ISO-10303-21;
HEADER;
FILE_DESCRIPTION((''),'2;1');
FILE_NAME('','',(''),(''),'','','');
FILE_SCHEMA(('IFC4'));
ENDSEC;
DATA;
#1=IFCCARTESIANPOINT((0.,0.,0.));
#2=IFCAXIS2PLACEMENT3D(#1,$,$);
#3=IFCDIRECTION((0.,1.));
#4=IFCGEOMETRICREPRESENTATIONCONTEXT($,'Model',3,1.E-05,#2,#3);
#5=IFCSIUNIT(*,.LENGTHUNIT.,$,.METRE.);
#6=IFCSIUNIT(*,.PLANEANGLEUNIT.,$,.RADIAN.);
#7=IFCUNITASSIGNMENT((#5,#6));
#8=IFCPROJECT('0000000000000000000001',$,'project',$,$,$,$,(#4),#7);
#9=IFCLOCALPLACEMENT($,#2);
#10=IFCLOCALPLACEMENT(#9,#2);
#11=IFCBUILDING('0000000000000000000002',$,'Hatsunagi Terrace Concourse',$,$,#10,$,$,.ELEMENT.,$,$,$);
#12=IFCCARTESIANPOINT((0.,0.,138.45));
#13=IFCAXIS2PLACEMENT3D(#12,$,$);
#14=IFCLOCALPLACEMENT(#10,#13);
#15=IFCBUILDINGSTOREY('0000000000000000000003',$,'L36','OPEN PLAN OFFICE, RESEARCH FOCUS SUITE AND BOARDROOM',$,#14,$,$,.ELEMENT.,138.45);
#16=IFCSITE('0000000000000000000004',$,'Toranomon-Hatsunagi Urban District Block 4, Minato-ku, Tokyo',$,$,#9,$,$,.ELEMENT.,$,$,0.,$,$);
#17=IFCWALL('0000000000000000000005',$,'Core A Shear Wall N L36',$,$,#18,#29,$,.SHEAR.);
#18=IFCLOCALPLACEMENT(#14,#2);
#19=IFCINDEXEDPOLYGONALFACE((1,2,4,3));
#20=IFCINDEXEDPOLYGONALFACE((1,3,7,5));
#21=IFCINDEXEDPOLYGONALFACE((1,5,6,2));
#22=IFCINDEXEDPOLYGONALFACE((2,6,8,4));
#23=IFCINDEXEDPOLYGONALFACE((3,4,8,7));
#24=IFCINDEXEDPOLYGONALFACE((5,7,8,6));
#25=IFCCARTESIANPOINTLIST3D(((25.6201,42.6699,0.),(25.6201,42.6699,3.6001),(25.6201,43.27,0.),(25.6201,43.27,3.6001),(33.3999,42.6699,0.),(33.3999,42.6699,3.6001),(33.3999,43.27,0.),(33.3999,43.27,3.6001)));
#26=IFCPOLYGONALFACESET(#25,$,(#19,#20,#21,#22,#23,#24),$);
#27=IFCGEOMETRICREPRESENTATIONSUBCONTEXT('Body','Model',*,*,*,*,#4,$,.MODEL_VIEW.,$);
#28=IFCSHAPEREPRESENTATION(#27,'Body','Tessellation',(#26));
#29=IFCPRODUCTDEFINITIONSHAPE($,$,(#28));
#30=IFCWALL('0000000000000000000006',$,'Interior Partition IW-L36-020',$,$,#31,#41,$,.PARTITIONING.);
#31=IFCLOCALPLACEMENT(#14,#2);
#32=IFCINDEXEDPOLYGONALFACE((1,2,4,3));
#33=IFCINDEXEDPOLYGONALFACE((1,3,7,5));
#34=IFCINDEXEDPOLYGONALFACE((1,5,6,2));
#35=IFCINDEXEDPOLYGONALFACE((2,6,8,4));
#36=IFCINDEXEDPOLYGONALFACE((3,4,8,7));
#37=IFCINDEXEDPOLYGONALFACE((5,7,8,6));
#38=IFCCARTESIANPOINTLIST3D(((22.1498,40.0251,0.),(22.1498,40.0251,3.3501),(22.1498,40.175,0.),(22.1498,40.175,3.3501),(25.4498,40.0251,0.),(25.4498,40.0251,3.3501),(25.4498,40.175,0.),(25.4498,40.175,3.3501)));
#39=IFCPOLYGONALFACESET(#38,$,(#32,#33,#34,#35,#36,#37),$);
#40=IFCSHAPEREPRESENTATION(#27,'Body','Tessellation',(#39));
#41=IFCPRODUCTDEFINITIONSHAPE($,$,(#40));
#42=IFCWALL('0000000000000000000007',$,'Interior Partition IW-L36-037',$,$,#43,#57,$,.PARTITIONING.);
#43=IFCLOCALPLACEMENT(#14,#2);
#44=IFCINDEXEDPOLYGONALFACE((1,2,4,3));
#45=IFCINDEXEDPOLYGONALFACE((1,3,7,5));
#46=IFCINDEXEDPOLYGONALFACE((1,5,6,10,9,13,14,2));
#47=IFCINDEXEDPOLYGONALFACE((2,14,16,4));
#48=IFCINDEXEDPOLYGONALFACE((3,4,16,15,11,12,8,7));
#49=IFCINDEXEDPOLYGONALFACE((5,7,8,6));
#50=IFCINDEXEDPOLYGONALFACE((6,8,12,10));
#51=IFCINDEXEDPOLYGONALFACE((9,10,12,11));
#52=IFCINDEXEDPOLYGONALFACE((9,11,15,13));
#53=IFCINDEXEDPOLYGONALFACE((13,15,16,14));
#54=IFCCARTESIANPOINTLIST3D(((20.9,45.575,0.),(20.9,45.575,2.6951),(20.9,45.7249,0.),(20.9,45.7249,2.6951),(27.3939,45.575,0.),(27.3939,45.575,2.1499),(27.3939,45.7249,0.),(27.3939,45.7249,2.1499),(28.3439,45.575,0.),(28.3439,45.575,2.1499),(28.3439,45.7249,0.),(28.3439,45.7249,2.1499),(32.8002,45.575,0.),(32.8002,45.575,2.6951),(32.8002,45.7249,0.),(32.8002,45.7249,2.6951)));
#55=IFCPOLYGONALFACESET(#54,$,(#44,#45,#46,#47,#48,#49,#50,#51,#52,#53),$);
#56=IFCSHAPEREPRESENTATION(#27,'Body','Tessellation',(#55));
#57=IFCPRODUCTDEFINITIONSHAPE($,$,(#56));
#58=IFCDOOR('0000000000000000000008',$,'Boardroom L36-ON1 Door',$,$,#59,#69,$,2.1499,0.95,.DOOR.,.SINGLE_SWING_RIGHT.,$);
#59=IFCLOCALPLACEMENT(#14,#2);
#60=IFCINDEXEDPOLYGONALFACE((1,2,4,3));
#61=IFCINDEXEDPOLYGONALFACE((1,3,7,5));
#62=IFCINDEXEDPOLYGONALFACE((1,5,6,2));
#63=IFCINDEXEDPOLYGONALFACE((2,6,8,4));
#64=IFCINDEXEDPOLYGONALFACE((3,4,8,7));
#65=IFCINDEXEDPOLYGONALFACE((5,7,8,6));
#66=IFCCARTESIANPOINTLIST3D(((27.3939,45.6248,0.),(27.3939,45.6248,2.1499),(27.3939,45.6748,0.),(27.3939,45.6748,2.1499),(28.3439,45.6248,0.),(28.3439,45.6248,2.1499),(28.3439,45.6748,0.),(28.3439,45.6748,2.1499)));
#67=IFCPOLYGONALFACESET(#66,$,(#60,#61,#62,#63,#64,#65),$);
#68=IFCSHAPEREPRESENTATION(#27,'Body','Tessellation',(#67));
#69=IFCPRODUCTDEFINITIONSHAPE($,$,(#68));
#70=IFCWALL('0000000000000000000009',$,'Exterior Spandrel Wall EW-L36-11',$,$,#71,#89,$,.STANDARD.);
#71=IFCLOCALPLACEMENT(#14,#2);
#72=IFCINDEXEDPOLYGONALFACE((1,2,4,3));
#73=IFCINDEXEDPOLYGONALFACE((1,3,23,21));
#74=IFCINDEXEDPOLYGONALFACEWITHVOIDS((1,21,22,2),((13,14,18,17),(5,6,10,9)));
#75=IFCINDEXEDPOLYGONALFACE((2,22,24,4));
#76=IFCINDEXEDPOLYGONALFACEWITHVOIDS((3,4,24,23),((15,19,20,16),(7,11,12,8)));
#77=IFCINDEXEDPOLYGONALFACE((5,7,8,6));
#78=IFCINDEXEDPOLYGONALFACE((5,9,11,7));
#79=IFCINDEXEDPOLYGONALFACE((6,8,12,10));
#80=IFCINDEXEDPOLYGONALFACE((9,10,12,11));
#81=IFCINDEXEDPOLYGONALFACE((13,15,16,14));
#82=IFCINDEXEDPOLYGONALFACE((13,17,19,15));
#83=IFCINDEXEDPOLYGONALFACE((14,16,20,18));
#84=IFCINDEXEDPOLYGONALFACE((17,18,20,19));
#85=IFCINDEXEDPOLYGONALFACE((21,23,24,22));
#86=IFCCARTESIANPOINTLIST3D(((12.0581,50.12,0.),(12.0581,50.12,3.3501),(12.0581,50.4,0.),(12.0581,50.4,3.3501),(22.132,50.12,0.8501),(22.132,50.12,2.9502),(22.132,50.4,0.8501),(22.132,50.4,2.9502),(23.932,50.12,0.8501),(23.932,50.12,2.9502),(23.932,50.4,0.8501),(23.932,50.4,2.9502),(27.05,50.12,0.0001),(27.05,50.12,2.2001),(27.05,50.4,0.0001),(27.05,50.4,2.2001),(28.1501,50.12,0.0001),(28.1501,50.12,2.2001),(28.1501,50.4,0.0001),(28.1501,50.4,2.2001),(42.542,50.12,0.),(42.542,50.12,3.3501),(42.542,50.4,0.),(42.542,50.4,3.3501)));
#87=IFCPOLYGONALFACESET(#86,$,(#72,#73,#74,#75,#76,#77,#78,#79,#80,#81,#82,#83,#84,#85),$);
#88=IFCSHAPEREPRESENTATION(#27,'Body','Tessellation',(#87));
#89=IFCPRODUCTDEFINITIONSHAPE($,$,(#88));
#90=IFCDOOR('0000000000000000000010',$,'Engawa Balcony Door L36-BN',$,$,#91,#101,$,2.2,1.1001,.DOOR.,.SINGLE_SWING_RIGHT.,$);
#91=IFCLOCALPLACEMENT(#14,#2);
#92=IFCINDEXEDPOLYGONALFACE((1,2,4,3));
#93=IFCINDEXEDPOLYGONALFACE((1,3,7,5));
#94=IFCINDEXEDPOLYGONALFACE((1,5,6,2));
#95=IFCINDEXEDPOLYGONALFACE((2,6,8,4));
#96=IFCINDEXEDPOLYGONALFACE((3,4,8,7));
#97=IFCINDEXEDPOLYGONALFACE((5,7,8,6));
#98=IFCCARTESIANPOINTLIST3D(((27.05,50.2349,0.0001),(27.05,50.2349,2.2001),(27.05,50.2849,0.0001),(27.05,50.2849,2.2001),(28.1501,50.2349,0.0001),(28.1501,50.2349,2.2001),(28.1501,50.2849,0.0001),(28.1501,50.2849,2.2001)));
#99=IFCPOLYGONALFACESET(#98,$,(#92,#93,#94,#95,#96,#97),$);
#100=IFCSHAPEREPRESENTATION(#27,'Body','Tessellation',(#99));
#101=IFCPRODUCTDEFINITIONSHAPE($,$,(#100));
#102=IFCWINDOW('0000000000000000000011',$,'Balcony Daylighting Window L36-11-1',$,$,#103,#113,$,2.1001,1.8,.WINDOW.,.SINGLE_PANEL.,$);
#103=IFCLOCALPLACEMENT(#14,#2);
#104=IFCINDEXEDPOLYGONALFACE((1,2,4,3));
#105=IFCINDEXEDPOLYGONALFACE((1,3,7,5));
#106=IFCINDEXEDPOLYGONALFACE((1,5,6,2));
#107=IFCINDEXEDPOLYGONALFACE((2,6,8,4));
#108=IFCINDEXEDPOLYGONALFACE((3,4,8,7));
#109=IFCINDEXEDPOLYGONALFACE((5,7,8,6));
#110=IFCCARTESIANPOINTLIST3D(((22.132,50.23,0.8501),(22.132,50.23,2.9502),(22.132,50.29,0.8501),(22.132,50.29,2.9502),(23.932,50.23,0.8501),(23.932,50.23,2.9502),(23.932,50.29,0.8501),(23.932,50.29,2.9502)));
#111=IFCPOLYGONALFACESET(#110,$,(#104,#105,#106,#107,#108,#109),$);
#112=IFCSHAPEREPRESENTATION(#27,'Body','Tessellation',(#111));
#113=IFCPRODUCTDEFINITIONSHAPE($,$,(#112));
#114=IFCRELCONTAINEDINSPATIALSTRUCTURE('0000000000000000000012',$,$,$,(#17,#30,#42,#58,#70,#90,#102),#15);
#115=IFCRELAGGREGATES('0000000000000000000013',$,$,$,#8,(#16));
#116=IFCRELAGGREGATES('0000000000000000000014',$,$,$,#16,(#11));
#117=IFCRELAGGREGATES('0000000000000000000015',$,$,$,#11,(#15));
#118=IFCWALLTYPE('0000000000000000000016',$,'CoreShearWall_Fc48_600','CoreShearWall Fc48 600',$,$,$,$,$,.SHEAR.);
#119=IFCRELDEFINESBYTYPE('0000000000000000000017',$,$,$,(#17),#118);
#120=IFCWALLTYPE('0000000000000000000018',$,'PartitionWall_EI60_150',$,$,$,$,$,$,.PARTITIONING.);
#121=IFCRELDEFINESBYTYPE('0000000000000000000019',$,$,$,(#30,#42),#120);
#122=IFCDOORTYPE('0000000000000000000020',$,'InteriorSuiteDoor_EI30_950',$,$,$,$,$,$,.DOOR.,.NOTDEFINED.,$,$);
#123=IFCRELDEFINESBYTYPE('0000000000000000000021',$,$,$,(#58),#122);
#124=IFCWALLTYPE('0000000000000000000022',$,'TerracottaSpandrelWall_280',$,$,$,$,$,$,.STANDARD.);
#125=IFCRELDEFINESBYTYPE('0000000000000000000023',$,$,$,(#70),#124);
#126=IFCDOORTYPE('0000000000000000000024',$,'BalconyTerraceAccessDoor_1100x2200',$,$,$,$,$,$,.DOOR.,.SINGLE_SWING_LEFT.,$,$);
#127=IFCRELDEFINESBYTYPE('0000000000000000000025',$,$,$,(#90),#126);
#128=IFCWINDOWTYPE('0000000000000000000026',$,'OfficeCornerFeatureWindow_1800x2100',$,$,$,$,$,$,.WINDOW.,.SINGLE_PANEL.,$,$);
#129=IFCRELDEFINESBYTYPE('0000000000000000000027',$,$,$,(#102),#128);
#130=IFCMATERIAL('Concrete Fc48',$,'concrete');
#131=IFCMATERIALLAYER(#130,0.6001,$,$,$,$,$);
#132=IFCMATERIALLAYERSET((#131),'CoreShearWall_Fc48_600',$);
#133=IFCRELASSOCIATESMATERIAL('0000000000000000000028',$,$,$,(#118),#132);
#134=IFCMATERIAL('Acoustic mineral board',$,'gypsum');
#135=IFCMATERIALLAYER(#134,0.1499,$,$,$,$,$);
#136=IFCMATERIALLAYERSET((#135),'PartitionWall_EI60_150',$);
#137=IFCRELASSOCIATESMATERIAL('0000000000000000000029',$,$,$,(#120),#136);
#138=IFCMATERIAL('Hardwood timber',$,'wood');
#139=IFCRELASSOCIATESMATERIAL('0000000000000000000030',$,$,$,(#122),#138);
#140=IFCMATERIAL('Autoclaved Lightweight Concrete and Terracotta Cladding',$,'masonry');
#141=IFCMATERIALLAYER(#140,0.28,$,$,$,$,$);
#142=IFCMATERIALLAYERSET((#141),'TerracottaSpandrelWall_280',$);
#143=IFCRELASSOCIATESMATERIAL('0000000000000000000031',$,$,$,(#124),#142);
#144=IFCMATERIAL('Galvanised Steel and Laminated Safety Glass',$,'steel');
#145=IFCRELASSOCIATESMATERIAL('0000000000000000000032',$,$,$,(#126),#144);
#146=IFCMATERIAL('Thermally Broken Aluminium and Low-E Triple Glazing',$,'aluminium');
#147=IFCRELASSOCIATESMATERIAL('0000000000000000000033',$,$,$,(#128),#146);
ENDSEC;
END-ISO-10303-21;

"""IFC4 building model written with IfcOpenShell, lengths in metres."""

from ifc_helpers import new_model, si_unit, direction, frame, frame_2d, origin, place, context, subcontext, project, spatial, rectangle, extrude, material, layer, layer_set, type_object, element, fill, save


model = new_model("IFC4")

# Units and contexts
model_context = context("Model", 3, precision=1e-05, world=origin(), true_north=direction((0.0, 1.0)))
body_context = subcontext(model_context, "Body", "Model", "MODEL_VIEW")
ifc_project = project(units=[si_unit("LENGTHUNIT", "METRE"), si_unit("PLANEANGLEUNIT", "RADIAN")], contexts=[model_context])

# Site, building, storey
site_placement = place(None, origin())
site = spatial("IfcSite", under=ifc_project, at=site_placement, Name="Toranomon-Hatsunagi Urban District Block 4, Minato-ku, Tokyo", CompositionType="ELEMENT", RefElevation=0.0)
building_placement = place(site_placement, origin())
building = spatial("IfcBuilding", under=site, at=building_placement, Name="Hatsunagi Terrace Concourse", CompositionType="ELEMENT")
storey_placement = place(building_placement, frame((0.0, 0.0, 138.45)))
storey = spatial("IfcBuildingStorey", under=building, at=storey_placement, Name="L36", Description="OPEN PLAN OFFICE, RESEARCH FOCUS SUITE AND BOARDROOM", CompositionType="ELEMENT", Elevation=138.45)

# Walls
ifc_material_1 = material(Name="Concrete Fc48", Category="concrete")
ifc_layer_1 = layer(ifc_material_1, 0.6001)
ifc_layer_set_1 = layer_set([ifc_layer_1], Name="CoreShearWall_Fc48_600")
wall_type_1 = type_object("IfcWallType", Name="CoreShearWall_Fc48_600", Description="CoreShearWall Fc48 600", PredefinedType="SHEAR", material=ifc_layer_set_1)
wall_1_placement = place(storey_placement, frame((25.6201, 42.97, 0.0), z_axis=(0.0, 0.0, 1.0), x_axis=(1.0, 0.0, 0.0)))
element("IfcWall", 1, at=wall_1_placement, inside=storey, type_object=wall_type_1, Name="Core A Shear Wall N L36", PredefinedType="SHEAR", context=body_context, shape_type="SweptSolid", body=[
    extrude(rectangle(XDim=7.7798, YDim=0.6001, at=frame_2d((3.8899, 0.0))), origin(), (0.0, 0.0, 1.0), 3.6001),
])
ifc_material_2 = material(Name="Acoustic mineral board", Category="gypsum")
ifc_layer_2 = layer(ifc_material_2, 0.1499)
ifc_layer_set_2 = layer_set([ifc_layer_2], Name="PartitionWall_EI60_150")
wall_type_2 = type_object("IfcWallType", Name="PartitionWall_EI60_150", PredefinedType="PARTITIONING", material=ifc_layer_set_2)
wall_2_placement = place(storey_placement, frame((22.1499, 40.1001, 0.0), z_axis=(0.0, 0.0, 1.0), x_axis=(1.0, 0.0, 0.0)))
element("IfcWall", 2, at=wall_2_placement, inside=storey, type_object=wall_type_2, Name="Interior Partition IW-L36-020", PredefinedType="PARTITIONING", context=body_context, shape_type="SweptSolid", body=[
    extrude(rectangle(XDim=3.3, YDim=0.1499, at=frame_2d((1.6499, 0.0))), origin(), (0.0, 0.0, 1.0), 3.3501),
])

# Wall, opening, door
wall_3_placement = place(storey_placement, frame((20.8999, 45.6499, 0.0), z_axis=(0.0, 0.0, 1.0), x_axis=(1.0, 0.0, 0.0)))
wall_3 = element("IfcWall", 3, at=wall_3_placement, inside=storey, type_object=wall_type_2, Name="Interior Partition IW-L36-037", PredefinedType="PARTITIONING", context=body_context, shape_type="SweptSolid", body=[
    extrude(rectangle(XDim=11.9001, YDim=0.1499, at=frame_2d((5.9502, 0.0))), origin(), (0.0, 0.0, 1.0), 2.6951),
])
opening_1_placement = place(wall_3_placement, frame((6.4939, 0.0, 0.0)))
opening_1 = element("IfcOpeningElement", 4, at=opening_1_placement, cuts=wall_3, PredefinedType="OPENING", context=body_context, shape_type="SweptSolid", body=[
    extrude(rectangle(XDim=0.95, YDim=2.1499, at=frame_2d((0.4751, 1.075))), frame((0.0, 0.085, 0.0), z_axis=(0.0, -1.0, 0.0), x_axis=(1.0, 0.0, 0.0)), (0.0, 0.0, 1.0), 0.1699),
])
ifc_material_3 = material(Name="Hardwood timber", Category="wood")
door_type_1 = type_object("IfcDoorType", Name="InteriorSuiteDoor_EI30_950", OperationType="NOTDEFINED", PredefinedType="DOOR", material=ifc_material_3)
door_1_placement = place(opening_1_placement, origin())
door_1 = element("IfcDoor", 5, at=door_1_placement, inside=storey, type_object=door_type_1, Name="Boardroom L36-ON1 Door", OperationType="SINGLE_SWING_RIGHT", OverallHeight=2.1499, OverallWidth=0.95, PredefinedType="DOOR", context=body_context, shape_type="SweptSolid", body=[
    extrude(rectangle(XDim=0.95, YDim=2.1499, at=frame_2d((0.4751, 1.075))), frame((0.0, 0.0249, 0.0), z_axis=(0.0, -1.0, 0.0), x_axis=(1.0, 0.0, 0.0)), (0.0, 0.0, 1.0), 0.05),
])
fill(opening_1, door_1)

# Wall, openings, door, window
ifc_material_4 = material(Name="Autoclaved Lightweight Concrete and Terracotta Cladding", Category="masonry")
ifc_layer_3 = layer(ifc_material_4, 0.28)
ifc_layer_set_3 = layer_set([ifc_layer_3], Name="TerracottaSpandrelWall_280")
wall_type_3 = type_object("IfcWallType", Name="TerracottaSpandrelWall_280", PredefinedType="STANDARD", material=ifc_layer_set_3)
wall_4_placement = place(storey_placement, frame((12.0581, 50.26, 0.0), z_axis=(0.0, 0.0, 1.0), x_axis=(1.0, 0.0, 0.0)))
wall_4 = element("IfcWall", 6, at=wall_4_placement, inside=storey, type_object=wall_type_3, Name="Exterior Spandrel Wall EW-L36-11", PredefinedType="STANDARD", context=body_context, shape_type="SweptSolid", body=[
    extrude(rectangle(XDim=30.4839, YDim=0.28, at=frame_2d((15.2419, 0.0))), origin(), (0.0, 0.0, 1.0), 3.3501),
])
opening_2_placement = place(wall_4_placement, frame((14.9919, 0.0, 0.0)))
opening_2 = element("IfcOpeningElement", 7, at=opening_2_placement, cuts=wall_4, PredefinedType="OPENING", context=body_context, shape_type="SweptSolid", body=[
    extrude(rectangle(XDim=1.1001, YDim=2.2, at=frame_2d((0.55, 1.1001))), frame((0.0, 0.1499, 0.0), z_axis=(0.0, -1.0, 0.0), x_axis=(1.0, 0.0, 0.0)), (0.0, 0.0, 1.0), 0.3),
])
opening_3_placement = place(wall_4_placement, frame((10.074, 0.0, 0.8501)))
opening_3 = element("IfcOpeningElement", 8, at=opening_3_placement, cuts=wall_4, PredefinedType="OPENING", context=body_context, shape_type="SweptSolid", body=[
    extrude(rectangle(XDim=1.8, YDim=2.1001, at=frame_2d((0.8999, 1.05))), frame((0.0, 0.1499, 0.0), z_axis=(0.0, -1.0, 0.0), x_axis=(1.0, 0.0, 0.0)), (0.0, 0.0, 1.0), 0.3),
])
ifc_material_5 = material(Name="Galvanised Steel and Laminated Safety Glass", Category="steel")
door_type_2 = type_object("IfcDoorType", Name="BalconyTerraceAccessDoor_1100x2200", OperationType="SINGLE_SWING_LEFT", PredefinedType="DOOR", material=ifc_material_5)
door_2_placement = place(opening_2_placement, origin())
door_2 = element("IfcDoor", 9, at=door_2_placement, inside=storey, type_object=door_type_2, Name="Engawa Balcony Door L36-BN", OperationType="SINGLE_SWING_RIGHT", OverallHeight=2.2, OverallWidth=1.1001, PredefinedType="DOOR", context=body_context, shape_type="SweptSolid", body=[
    extrude(rectangle(XDim=1.1001, YDim=2.2, at=frame_2d((0.55, 1.1001))), frame((0.0, 0.0249, 0.0), z_axis=(0.0, -1.0, 0.0), x_axis=(1.0, 0.0, 0.0)), (0.0, 0.0, 1.0), 0.05),
])
fill(opening_2, door_2)
ifc_material_6 = material(Name="Thermally Broken Aluminium and Low-E Triple Glazing", Category="aluminium")
window_type = type_object("IfcWindowType", Name="OfficeCornerFeatureWindow_1800x2100", PartitioningType="SINGLE_PANEL", PredefinedType="WINDOW", material=ifc_material_6)
window_placement = place(opening_3_placement, origin())
window = element("IfcWindow", 10, at=window_placement, inside=storey, type_object=window_type, Name="Balcony Daylighting Window L36-11-1", OverallHeight=2.1001, OverallWidth=1.8, PartitioningType="SINGLE_PANEL", PredefinedType="WINDOW", context=body_context, shape_type="SweptSolid", body=[
    extrude(rectangle(XDim=1.8, YDim=2.1001, at=frame_2d((0.8999, 1.05))), frame((0.0, 0.03, 0.0), z_axis=(0.0, -1.0, 0.0), x_axis=(1.0, 0.0, 0.0)), (0.0, 0.0, 1.0), 0.0601),
])
fill(opening_3, window)

save(model, "model.ifc")
